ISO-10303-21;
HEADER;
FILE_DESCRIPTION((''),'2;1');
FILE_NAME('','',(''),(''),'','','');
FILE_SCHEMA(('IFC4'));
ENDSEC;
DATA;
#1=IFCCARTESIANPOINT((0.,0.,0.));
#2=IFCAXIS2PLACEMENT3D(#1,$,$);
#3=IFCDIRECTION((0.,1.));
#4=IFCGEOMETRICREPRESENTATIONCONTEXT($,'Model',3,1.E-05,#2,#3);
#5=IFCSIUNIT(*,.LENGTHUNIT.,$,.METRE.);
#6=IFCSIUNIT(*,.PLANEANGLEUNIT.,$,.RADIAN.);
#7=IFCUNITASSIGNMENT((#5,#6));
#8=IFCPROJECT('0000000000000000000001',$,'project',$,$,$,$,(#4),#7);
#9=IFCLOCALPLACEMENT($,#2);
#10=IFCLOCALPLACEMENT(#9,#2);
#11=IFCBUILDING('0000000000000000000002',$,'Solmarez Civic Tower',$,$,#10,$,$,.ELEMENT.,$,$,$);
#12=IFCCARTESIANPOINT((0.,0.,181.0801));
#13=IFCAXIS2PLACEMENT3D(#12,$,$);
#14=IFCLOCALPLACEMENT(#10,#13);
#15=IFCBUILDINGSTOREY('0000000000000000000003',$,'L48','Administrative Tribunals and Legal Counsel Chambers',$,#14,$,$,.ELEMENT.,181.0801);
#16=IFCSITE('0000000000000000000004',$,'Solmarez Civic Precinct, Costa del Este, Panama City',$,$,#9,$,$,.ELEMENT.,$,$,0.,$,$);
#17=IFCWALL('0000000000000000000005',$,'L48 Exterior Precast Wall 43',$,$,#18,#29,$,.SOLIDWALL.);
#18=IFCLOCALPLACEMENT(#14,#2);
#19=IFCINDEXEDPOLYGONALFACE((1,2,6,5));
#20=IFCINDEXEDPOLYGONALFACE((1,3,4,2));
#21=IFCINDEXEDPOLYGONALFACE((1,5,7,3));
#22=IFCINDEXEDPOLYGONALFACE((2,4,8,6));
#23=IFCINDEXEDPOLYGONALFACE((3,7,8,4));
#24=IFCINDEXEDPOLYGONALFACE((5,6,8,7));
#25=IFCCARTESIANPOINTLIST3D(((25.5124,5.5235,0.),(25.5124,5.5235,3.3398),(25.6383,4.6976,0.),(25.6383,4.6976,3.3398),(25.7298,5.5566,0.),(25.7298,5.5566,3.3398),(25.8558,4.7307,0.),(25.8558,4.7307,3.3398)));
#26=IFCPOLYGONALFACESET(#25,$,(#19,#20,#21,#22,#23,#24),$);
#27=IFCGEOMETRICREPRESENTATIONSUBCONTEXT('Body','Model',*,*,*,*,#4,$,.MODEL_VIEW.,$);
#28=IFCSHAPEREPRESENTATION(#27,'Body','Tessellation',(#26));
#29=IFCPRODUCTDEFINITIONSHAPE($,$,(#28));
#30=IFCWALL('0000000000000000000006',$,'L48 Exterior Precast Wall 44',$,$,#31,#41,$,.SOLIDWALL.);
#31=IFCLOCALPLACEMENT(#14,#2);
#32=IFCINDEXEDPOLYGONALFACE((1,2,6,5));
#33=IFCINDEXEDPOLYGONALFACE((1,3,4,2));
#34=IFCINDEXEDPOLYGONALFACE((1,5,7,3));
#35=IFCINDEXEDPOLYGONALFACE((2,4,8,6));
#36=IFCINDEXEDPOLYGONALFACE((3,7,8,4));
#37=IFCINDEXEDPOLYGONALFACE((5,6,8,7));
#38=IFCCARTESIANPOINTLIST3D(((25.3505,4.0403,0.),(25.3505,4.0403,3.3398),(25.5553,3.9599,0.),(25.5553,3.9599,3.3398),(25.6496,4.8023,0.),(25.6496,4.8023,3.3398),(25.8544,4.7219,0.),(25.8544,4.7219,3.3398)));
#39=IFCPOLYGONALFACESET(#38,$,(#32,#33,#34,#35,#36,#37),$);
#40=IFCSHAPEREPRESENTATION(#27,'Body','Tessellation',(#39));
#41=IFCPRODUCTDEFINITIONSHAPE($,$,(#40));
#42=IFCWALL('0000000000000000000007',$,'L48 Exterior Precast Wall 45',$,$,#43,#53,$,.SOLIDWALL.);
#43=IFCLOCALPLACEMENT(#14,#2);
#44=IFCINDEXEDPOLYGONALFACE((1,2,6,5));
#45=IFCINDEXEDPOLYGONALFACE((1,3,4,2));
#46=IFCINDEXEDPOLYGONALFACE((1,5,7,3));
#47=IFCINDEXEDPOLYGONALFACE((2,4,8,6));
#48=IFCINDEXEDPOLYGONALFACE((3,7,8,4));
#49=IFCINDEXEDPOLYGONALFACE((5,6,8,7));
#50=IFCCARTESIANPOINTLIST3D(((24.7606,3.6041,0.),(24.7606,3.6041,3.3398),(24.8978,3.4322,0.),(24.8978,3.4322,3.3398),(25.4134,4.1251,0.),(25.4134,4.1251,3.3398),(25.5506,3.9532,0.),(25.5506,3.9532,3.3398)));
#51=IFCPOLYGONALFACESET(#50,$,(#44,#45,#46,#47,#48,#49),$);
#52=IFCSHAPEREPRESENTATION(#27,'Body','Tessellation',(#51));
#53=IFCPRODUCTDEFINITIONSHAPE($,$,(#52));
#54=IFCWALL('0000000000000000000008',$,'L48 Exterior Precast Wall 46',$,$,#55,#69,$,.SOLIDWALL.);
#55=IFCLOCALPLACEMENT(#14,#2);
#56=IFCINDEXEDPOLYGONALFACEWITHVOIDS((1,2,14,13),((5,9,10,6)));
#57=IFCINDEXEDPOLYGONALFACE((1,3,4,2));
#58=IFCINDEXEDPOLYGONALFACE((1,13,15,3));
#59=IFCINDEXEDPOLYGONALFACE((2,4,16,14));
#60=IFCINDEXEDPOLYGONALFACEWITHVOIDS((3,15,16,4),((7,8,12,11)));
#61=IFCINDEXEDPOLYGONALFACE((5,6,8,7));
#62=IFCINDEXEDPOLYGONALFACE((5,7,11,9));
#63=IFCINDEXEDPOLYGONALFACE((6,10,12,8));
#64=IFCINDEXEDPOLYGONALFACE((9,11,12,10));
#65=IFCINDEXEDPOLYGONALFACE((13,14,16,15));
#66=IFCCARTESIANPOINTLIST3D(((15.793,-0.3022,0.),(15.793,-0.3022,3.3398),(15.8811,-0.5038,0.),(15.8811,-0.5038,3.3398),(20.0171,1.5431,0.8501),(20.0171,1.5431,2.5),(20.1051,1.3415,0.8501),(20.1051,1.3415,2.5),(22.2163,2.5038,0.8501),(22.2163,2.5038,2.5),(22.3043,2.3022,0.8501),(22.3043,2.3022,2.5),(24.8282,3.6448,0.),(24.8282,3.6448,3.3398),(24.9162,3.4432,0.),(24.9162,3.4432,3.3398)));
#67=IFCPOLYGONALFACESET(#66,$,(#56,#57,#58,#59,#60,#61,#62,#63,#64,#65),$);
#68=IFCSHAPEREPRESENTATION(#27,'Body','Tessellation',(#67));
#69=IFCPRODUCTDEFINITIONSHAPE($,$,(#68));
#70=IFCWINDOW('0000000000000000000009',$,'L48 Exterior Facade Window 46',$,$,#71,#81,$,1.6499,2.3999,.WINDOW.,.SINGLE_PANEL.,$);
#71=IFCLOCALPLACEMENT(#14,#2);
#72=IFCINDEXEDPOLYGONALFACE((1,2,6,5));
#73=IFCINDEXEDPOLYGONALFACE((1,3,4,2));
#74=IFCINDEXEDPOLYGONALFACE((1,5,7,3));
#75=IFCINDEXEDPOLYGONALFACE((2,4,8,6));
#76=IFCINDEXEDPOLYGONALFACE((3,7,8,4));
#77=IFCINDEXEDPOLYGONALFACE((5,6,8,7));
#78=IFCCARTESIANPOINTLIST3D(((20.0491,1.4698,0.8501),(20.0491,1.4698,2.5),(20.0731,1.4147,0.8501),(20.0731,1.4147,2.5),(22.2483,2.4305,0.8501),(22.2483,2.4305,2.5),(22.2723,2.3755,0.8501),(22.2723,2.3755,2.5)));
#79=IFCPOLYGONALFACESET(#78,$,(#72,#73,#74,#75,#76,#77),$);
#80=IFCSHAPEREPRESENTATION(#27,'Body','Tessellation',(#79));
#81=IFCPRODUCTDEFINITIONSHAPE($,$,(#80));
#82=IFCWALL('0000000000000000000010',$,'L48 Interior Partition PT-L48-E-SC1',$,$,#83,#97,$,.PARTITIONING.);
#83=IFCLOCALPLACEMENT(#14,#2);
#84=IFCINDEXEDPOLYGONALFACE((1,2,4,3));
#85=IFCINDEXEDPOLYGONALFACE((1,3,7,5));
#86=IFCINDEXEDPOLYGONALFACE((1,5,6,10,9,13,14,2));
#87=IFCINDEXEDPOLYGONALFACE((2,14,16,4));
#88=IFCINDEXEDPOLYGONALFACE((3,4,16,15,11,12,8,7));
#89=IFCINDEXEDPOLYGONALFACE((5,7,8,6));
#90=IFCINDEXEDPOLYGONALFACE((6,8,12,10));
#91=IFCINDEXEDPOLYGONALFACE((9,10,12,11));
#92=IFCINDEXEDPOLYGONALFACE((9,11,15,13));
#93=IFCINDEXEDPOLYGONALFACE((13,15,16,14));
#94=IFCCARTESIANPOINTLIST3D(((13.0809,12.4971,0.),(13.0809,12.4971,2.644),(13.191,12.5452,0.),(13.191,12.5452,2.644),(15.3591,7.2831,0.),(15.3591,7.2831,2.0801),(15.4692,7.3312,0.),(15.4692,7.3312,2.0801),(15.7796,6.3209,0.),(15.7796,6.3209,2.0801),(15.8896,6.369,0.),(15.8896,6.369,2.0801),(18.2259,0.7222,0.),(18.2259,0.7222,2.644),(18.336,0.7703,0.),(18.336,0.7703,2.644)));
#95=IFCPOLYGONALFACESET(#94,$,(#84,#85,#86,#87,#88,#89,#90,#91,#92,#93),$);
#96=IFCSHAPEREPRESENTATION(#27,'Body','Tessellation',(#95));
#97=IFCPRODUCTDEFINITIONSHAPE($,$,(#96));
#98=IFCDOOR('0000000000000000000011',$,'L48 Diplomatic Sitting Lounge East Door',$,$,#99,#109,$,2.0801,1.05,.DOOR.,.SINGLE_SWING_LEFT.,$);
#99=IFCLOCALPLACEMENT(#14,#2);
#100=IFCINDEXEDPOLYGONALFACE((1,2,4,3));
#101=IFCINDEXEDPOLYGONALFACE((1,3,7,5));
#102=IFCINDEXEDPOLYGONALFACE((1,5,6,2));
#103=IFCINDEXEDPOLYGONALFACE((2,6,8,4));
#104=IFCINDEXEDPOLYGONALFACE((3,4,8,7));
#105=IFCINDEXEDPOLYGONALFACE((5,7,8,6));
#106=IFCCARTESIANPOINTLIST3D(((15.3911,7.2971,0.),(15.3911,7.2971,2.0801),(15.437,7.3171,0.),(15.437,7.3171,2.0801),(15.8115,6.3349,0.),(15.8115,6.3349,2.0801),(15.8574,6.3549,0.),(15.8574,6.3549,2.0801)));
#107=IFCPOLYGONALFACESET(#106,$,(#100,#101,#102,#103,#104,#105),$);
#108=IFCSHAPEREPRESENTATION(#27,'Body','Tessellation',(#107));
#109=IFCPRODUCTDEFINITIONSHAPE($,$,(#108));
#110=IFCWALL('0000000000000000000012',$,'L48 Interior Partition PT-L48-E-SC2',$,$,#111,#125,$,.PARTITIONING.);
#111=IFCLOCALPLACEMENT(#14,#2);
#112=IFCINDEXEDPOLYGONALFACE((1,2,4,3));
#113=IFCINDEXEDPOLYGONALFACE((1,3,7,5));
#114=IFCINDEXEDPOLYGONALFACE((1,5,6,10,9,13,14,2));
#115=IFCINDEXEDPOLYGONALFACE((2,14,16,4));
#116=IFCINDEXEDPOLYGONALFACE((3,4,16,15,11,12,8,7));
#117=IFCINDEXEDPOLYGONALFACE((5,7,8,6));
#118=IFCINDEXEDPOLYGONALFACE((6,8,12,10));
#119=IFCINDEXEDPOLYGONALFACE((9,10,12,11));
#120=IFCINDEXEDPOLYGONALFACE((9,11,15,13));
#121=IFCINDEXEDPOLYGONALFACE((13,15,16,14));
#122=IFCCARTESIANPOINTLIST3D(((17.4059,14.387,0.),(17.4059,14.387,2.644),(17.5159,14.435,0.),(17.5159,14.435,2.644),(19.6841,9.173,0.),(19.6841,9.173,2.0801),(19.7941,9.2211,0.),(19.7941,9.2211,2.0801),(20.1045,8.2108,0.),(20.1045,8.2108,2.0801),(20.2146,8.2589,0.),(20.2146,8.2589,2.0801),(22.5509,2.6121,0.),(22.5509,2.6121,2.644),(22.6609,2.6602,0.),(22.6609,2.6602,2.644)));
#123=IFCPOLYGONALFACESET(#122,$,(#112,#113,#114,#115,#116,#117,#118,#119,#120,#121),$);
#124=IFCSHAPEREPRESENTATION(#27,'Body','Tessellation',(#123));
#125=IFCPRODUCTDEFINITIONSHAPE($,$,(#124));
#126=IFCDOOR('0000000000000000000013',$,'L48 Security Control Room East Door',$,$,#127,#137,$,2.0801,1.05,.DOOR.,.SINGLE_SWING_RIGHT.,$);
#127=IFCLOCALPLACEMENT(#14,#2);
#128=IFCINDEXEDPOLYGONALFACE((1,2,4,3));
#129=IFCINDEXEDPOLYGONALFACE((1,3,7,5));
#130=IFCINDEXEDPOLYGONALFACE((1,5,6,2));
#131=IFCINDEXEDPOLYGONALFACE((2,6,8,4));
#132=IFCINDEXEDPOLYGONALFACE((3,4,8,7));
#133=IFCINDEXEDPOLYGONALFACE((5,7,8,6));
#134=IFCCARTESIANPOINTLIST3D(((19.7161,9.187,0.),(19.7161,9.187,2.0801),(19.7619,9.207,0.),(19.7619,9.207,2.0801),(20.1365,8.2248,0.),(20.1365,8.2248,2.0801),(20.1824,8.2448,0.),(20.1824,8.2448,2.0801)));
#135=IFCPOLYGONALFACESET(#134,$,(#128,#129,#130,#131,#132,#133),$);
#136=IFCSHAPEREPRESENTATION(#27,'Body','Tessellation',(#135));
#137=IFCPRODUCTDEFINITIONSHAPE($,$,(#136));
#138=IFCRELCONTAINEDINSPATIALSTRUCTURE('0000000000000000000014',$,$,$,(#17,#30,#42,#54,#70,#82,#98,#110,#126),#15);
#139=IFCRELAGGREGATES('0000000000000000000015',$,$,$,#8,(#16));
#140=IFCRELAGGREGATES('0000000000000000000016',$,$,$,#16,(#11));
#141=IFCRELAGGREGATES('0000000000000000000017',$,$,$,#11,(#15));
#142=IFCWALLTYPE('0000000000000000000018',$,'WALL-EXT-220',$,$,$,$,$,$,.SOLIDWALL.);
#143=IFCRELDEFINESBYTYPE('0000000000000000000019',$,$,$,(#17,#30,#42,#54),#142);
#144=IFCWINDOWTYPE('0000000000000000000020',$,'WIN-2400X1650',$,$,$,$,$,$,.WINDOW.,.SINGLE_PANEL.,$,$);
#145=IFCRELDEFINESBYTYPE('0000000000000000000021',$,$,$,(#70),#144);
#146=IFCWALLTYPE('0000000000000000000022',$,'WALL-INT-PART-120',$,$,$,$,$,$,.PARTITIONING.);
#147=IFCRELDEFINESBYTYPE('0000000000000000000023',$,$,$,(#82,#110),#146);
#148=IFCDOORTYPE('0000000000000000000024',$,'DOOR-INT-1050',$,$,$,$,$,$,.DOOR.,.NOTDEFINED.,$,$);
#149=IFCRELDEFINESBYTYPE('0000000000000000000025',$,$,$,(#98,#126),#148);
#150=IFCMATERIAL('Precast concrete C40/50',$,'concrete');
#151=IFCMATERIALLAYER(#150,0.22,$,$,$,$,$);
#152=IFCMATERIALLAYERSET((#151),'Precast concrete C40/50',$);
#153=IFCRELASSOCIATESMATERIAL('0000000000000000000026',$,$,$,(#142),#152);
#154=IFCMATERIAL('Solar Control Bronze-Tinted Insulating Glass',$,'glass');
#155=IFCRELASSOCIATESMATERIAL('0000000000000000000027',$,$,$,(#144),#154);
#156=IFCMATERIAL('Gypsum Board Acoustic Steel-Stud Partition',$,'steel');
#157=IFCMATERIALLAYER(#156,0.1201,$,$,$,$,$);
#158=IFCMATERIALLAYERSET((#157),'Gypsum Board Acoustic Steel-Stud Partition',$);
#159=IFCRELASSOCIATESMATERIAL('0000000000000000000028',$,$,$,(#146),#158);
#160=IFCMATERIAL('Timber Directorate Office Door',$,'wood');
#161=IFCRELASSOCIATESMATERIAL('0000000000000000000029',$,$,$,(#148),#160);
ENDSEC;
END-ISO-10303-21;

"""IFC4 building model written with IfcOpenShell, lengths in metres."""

from ifc_helpers import new_model, si_unit, direction, frame, frame_2d, origin, place, context, subcontext, project, spatial, rectangle, extrude, material, layer, layer_set, type_object, element, fill, save


model = new_model("IFC4")

# Units and contexts
model_context = context("Model", 3, precision=1e-05, world=origin(), true_north=direction((0.0, 1.0)))
body_context = subcontext(model_context, "Body", "Model", "MODEL_VIEW")
ifc_project = project(units=[si_unit("LENGTHUNIT", "METRE"), si_unit("PLANEANGLEUNIT", "RADIAN")], contexts=[model_context])

# Site, building, storey
site_placement = place(None, origin())
site = spatial("IfcSite", under=ifc_project, at=site_placement, Name="Solmarez Civic Precinct, Costa del Este, Panama City", CompositionType="ELEMENT", RefElevation=0.0)
building_placement = place(site_placement, origin())
building = spatial("IfcBuilding", under=site, at=building_placement, Name="Solmarez Civic Tower", CompositionType="ELEMENT")
storey_placement = place(building_placement, frame((0.0, 0.0, 181.0801)))
storey = spatial("IfcBuildingStorey", under=building, at=storey_placement, Name="L48", Description="Administrative Tribunals and Legal Counsel Chambers", CompositionType="ELEMENT", Elevation=181.0801)

# Shared definitions
ifc_material_1 = material(Name="Precast concrete C40/50", Category="concrete")
ifc_layer_1 = layer(ifc_material_1, 0.22)
ifc_layer_set_1 = layer_set([ifc_layer_1], Name="Precast concrete C40/50")
wall_type_1 = type_object("IfcWallType", Name="WALL-EXT-220", PredefinedType="SOLIDWALL", material=ifc_layer_set_1)

# Shared definitions
ifc_material_2 = material(Name="Solar Control Bronze-Tinted Insulating Glass", Category="glass")

# Walls
wall_1_placement = place(storey_placement, frame((25.6211, 5.54, 0.0), z_axis=(0.0, 0.0, 1.0), x_axis=(0.150783, -0.988567, 0.0)))
element("IfcWall", 1, at=wall_1_placement, inside=storey, type_object=wall_type_1, Name="L48 Exterior Precast Wall 43", PredefinedType="SOLIDWALL", context=body_context, shape_type="SweptSolid", body=[
    extrude(rectangle(XDim=0.8354, YDim=0.22, at=frame_2d((0.4177, 0.0))), origin(), (0.0, 0.0, 1.0), 3.3398),
])
wall_2_placement = place(storey_placement, frame((25.752, 4.762, 0.0), z_axis=(0.0, 0.0, 1.0), x_axis=(-0.365366, -0.930864, 0.0)))
element("IfcWall", 2, at=wall_2_placement, inside=storey, type_object=wall_type_1, Name="L48 Exterior Precast Wall 44", PredefinedType="SOLIDWALL", context=body_context, shape_type="SweptSolid", body=[
    extrude(rectangle(XDim=0.8186, YDim=0.22, at=frame_2d((0.4092, 0.0))), origin(), (0.0, 0.0, 1.0), 3.3398),
])
wall_3_placement = place(storey_placement, frame((25.4819, 4.0391, 0.0), z_axis=(0.0, 0.0, 1.0), x_axis=(-0.78161, -0.623768, 0.0)))
element("IfcWall", 3, at=wall_3_placement, inside=storey, type_object=wall_type_1, Name="L48 Exterior Precast Wall 45", PredefinedType="SOLIDWALL", context=body_context, shape_type="SweptSolid", body=[
    extrude(rectangle(XDim=0.8352, YDim=0.22, at=frame_2d((0.4175, 0.0))), origin(), (0.0, 0.0, 1.0), 3.3398),
])

# Wall, opening, window
wall_4_placement = place(storey_placement, frame((24.8721, 3.5439, 0.0), z_axis=(0.0, 0.0, 1.0), x_axis=(-0.916375, -0.40032, 0.0)))
wall_4 = element("IfcWall", 4, at=wall_4_placement, inside=storey, type_object=wall_type_1, Name="L48 Exterior Precast Wall 46", PredefinedType="SOLIDWALL", context=body_context, shape_type="SweptSolid", body=[
    extrude(rectangle(XDim=9.8596, YDim=0.22, at=frame_2d((4.9297, 0.0))), origin(), (0.0, 0.0, 1.0), 3.3398),
])
opening_1_placement = place(wall_4_placement, frame((2.8501, 0.0, 0.8501)))
opening_1 = element("IfcOpeningElement", 5, at=opening_1_placement, cuts=wall_4, PredefinedType="OPENING", context=body_context, shape_type="SweptSolid", body=[
    extrude(rectangle(XDim=2.3999, YDim=1.6499, at=frame_2d((1.2, 0.825))), frame((0.0, 0.1199, 0.0), z_axis=(0.0, -1.0, 0.0), x_axis=(1.0, 0.0, 0.0)), (0.0, 0.0, 1.0), 0.24),
])
window_type_1 = type_object("IfcWindowType", Name="WIN-2400X1650", PartitioningType="SINGLE_PANEL", PredefinedType="WINDOW", material=ifc_material_2)
window_1_placement = place(opening_1_placement, origin())
window_1 = element("IfcWindow", 6, at=window_1_placement, inside=storey, type_object=window_type_1, Name="L48 Exterior Facade Window 46", OverallHeight=1.6499, OverallWidth=2.3999, PartitioningType="SINGLE_PANEL", PredefinedType="WINDOW", context=body_context, shape_type="SweptSolid", body=[
    extrude(rectangle(XDim=2.3999, YDim=1.6499, at=frame_2d((1.2, 0.825))), frame((0.0, 0.03, 0.0), z_axis=(0.0, -1.0, 0.0), x_axis=(1.0, 0.0, 0.0)), (0.0, 0.0, 1.0), 0.0601),
])
fill(opening_1, window_1)

# Walls, openings, doors
ifc_material_3 = material(Name="Gypsum Board Acoustic Steel-Stud Partition", Category="steel")
ifc_layer_2 = layer(ifc_material_3, 0.1201)
ifc_layer_set_2 = layer_set([ifc_layer_2], Name="Gypsum Board Acoustic Steel-Stud Partition")
wall_type_2 = type_object("IfcWallType", Name="WALL-INT-PART-120", PredefinedType="PARTITIONING", material=ifc_layer_set_2)
wall_5_placement = place(storey_placement, frame((13.136, 12.521, 0.0), z_axis=(0.0, 0.0, 1.0), x_axis=(0.400394, -0.916343, 0.0)))
wall_5 = element("IfcWall", 7, at=wall_5_placement, inside=storey, type_object=wall_type_2, Name="L48 Interior Partition PT-L48-E-SC1", PredefinedType="PARTITIONING", context=body_context, shape_type="SweptSolid", body=[
    extrude(rectangle(XDim=12.8499, YDim=0.1201, at=frame_2d((6.4248, 0.0))), origin(), (0.0, 0.0, 1.0), 2.644),
])
opening_2_placement = place(wall_5_placement, frame((5.6899, 0.0, 0.0)))
opening_2 = element("IfcOpeningElement", 8, at=opening_2_placement, cuts=wall_5, PredefinedType="OPENING", context=body_context, shape_type="SweptSolid", body=[
    extrude(rectangle(XDim=1.05, YDim=2.0801, at=frame_2d((0.5249, 1.04))), frame((0.0, 0.0701, 0.0), z_axis=(0.0, -1.0, 0.0), x_axis=(1.0, 0.0, 0.0)), (0.0, 0.0, 1.0), 0.1401),
])
ifc_material_4 = material(Name="Timber Directorate Office Door", Category="wood")
door_type = type_object("IfcDoorType", Name="DOOR-INT-1050", OperationType="NOTDEFINED", PredefinedType="DOOR", material=ifc_material_4)
door_1_placement = place(opening_2_placement, origin())
door_1 = element("IfcDoor", 9, at=door_1_placement, inside=storey, type_object=door_type, Name="L48 Diplomatic Sitting Lounge East Door", OperationType="SINGLE_SWING_LEFT", OverallHeight=2.0801, OverallWidth=1.05, PredefinedType="DOOR", context=body_context, shape_type="SweptSolid", body=[
    extrude(rectangle(XDim=1.05, YDim=2.0801, at=frame_2d((0.5249, 1.04))), frame((0.0, 0.0249, 0.0), z_axis=(0.0, -1.0, 0.0), x_axis=(1.0, 0.0, 0.0)), (0.0, 0.0, 1.0), 0.05),
])
fill(opening_2, door_1)
wall_6_placement = place(storey_placement, frame((17.4609, 14.4109, 0.0), z_axis=(0.0, 0.0, 1.0), x_axis=(0.400394, -0.916343, 0.0)))
wall_6 = element("IfcWall", 10, at=wall_6_placement, inside=storey, type_object=wall_type_2, Name="L48 Interior Partition PT-L48-E-SC2", PredefinedType="PARTITIONING", context=body_context, shape_type="SweptSolid", body=[
    extrude(rectangle(XDim=12.8499, YDim=0.1201, at=frame_2d((6.4248, 0.0))), origin(), (0.0, 0.0, 1.0), 2.644),
])
opening_3_placement = place(wall_6_placement, frame((5.6899, 0.0, 0.0)))
opening_3 = element("IfcOpeningElement", 11, at=opening_3_placement, cuts=wall_6, PredefinedType="OPENING", context=body_context, shape_type="SweptSolid", body=[
    extrude(rectangle(XDim=1.05, YDim=2.0801, at=frame_2d((0.5249, 1.04))), frame((0.0, 0.0701, 0.0), z_axis=(0.0, -1.0, 0.0), x_axis=(1.0, 0.0, 0.0)), (0.0, 0.0, 1.0), 0.1401),
])
door_2_placement = place(opening_3_placement, origin())
door_2 = element("IfcDoor", 12, at=door_2_placement, inside=storey, type_object=door_type, Name="L48 Security Control Room East Door", OperationType="SINGLE_SWING_RIGHT", OverallHeight=2.0801, OverallWidth=1.05, PredefinedType="DOOR", context=body_context, shape_type="SweptSolid", body=[
    extrude(rectangle(XDim=1.05, YDim=2.0801, at=frame_2d((0.5249, 1.04))), frame((0.0, 0.0249, 0.0), z_axis=(0.0, -1.0, 0.0), x_axis=(1.0, 0.0, 0.0)), (0.0, 0.0, 1.0), 0.05),
])
fill(opening_3, door_2)

save(model, "model.ifc")
